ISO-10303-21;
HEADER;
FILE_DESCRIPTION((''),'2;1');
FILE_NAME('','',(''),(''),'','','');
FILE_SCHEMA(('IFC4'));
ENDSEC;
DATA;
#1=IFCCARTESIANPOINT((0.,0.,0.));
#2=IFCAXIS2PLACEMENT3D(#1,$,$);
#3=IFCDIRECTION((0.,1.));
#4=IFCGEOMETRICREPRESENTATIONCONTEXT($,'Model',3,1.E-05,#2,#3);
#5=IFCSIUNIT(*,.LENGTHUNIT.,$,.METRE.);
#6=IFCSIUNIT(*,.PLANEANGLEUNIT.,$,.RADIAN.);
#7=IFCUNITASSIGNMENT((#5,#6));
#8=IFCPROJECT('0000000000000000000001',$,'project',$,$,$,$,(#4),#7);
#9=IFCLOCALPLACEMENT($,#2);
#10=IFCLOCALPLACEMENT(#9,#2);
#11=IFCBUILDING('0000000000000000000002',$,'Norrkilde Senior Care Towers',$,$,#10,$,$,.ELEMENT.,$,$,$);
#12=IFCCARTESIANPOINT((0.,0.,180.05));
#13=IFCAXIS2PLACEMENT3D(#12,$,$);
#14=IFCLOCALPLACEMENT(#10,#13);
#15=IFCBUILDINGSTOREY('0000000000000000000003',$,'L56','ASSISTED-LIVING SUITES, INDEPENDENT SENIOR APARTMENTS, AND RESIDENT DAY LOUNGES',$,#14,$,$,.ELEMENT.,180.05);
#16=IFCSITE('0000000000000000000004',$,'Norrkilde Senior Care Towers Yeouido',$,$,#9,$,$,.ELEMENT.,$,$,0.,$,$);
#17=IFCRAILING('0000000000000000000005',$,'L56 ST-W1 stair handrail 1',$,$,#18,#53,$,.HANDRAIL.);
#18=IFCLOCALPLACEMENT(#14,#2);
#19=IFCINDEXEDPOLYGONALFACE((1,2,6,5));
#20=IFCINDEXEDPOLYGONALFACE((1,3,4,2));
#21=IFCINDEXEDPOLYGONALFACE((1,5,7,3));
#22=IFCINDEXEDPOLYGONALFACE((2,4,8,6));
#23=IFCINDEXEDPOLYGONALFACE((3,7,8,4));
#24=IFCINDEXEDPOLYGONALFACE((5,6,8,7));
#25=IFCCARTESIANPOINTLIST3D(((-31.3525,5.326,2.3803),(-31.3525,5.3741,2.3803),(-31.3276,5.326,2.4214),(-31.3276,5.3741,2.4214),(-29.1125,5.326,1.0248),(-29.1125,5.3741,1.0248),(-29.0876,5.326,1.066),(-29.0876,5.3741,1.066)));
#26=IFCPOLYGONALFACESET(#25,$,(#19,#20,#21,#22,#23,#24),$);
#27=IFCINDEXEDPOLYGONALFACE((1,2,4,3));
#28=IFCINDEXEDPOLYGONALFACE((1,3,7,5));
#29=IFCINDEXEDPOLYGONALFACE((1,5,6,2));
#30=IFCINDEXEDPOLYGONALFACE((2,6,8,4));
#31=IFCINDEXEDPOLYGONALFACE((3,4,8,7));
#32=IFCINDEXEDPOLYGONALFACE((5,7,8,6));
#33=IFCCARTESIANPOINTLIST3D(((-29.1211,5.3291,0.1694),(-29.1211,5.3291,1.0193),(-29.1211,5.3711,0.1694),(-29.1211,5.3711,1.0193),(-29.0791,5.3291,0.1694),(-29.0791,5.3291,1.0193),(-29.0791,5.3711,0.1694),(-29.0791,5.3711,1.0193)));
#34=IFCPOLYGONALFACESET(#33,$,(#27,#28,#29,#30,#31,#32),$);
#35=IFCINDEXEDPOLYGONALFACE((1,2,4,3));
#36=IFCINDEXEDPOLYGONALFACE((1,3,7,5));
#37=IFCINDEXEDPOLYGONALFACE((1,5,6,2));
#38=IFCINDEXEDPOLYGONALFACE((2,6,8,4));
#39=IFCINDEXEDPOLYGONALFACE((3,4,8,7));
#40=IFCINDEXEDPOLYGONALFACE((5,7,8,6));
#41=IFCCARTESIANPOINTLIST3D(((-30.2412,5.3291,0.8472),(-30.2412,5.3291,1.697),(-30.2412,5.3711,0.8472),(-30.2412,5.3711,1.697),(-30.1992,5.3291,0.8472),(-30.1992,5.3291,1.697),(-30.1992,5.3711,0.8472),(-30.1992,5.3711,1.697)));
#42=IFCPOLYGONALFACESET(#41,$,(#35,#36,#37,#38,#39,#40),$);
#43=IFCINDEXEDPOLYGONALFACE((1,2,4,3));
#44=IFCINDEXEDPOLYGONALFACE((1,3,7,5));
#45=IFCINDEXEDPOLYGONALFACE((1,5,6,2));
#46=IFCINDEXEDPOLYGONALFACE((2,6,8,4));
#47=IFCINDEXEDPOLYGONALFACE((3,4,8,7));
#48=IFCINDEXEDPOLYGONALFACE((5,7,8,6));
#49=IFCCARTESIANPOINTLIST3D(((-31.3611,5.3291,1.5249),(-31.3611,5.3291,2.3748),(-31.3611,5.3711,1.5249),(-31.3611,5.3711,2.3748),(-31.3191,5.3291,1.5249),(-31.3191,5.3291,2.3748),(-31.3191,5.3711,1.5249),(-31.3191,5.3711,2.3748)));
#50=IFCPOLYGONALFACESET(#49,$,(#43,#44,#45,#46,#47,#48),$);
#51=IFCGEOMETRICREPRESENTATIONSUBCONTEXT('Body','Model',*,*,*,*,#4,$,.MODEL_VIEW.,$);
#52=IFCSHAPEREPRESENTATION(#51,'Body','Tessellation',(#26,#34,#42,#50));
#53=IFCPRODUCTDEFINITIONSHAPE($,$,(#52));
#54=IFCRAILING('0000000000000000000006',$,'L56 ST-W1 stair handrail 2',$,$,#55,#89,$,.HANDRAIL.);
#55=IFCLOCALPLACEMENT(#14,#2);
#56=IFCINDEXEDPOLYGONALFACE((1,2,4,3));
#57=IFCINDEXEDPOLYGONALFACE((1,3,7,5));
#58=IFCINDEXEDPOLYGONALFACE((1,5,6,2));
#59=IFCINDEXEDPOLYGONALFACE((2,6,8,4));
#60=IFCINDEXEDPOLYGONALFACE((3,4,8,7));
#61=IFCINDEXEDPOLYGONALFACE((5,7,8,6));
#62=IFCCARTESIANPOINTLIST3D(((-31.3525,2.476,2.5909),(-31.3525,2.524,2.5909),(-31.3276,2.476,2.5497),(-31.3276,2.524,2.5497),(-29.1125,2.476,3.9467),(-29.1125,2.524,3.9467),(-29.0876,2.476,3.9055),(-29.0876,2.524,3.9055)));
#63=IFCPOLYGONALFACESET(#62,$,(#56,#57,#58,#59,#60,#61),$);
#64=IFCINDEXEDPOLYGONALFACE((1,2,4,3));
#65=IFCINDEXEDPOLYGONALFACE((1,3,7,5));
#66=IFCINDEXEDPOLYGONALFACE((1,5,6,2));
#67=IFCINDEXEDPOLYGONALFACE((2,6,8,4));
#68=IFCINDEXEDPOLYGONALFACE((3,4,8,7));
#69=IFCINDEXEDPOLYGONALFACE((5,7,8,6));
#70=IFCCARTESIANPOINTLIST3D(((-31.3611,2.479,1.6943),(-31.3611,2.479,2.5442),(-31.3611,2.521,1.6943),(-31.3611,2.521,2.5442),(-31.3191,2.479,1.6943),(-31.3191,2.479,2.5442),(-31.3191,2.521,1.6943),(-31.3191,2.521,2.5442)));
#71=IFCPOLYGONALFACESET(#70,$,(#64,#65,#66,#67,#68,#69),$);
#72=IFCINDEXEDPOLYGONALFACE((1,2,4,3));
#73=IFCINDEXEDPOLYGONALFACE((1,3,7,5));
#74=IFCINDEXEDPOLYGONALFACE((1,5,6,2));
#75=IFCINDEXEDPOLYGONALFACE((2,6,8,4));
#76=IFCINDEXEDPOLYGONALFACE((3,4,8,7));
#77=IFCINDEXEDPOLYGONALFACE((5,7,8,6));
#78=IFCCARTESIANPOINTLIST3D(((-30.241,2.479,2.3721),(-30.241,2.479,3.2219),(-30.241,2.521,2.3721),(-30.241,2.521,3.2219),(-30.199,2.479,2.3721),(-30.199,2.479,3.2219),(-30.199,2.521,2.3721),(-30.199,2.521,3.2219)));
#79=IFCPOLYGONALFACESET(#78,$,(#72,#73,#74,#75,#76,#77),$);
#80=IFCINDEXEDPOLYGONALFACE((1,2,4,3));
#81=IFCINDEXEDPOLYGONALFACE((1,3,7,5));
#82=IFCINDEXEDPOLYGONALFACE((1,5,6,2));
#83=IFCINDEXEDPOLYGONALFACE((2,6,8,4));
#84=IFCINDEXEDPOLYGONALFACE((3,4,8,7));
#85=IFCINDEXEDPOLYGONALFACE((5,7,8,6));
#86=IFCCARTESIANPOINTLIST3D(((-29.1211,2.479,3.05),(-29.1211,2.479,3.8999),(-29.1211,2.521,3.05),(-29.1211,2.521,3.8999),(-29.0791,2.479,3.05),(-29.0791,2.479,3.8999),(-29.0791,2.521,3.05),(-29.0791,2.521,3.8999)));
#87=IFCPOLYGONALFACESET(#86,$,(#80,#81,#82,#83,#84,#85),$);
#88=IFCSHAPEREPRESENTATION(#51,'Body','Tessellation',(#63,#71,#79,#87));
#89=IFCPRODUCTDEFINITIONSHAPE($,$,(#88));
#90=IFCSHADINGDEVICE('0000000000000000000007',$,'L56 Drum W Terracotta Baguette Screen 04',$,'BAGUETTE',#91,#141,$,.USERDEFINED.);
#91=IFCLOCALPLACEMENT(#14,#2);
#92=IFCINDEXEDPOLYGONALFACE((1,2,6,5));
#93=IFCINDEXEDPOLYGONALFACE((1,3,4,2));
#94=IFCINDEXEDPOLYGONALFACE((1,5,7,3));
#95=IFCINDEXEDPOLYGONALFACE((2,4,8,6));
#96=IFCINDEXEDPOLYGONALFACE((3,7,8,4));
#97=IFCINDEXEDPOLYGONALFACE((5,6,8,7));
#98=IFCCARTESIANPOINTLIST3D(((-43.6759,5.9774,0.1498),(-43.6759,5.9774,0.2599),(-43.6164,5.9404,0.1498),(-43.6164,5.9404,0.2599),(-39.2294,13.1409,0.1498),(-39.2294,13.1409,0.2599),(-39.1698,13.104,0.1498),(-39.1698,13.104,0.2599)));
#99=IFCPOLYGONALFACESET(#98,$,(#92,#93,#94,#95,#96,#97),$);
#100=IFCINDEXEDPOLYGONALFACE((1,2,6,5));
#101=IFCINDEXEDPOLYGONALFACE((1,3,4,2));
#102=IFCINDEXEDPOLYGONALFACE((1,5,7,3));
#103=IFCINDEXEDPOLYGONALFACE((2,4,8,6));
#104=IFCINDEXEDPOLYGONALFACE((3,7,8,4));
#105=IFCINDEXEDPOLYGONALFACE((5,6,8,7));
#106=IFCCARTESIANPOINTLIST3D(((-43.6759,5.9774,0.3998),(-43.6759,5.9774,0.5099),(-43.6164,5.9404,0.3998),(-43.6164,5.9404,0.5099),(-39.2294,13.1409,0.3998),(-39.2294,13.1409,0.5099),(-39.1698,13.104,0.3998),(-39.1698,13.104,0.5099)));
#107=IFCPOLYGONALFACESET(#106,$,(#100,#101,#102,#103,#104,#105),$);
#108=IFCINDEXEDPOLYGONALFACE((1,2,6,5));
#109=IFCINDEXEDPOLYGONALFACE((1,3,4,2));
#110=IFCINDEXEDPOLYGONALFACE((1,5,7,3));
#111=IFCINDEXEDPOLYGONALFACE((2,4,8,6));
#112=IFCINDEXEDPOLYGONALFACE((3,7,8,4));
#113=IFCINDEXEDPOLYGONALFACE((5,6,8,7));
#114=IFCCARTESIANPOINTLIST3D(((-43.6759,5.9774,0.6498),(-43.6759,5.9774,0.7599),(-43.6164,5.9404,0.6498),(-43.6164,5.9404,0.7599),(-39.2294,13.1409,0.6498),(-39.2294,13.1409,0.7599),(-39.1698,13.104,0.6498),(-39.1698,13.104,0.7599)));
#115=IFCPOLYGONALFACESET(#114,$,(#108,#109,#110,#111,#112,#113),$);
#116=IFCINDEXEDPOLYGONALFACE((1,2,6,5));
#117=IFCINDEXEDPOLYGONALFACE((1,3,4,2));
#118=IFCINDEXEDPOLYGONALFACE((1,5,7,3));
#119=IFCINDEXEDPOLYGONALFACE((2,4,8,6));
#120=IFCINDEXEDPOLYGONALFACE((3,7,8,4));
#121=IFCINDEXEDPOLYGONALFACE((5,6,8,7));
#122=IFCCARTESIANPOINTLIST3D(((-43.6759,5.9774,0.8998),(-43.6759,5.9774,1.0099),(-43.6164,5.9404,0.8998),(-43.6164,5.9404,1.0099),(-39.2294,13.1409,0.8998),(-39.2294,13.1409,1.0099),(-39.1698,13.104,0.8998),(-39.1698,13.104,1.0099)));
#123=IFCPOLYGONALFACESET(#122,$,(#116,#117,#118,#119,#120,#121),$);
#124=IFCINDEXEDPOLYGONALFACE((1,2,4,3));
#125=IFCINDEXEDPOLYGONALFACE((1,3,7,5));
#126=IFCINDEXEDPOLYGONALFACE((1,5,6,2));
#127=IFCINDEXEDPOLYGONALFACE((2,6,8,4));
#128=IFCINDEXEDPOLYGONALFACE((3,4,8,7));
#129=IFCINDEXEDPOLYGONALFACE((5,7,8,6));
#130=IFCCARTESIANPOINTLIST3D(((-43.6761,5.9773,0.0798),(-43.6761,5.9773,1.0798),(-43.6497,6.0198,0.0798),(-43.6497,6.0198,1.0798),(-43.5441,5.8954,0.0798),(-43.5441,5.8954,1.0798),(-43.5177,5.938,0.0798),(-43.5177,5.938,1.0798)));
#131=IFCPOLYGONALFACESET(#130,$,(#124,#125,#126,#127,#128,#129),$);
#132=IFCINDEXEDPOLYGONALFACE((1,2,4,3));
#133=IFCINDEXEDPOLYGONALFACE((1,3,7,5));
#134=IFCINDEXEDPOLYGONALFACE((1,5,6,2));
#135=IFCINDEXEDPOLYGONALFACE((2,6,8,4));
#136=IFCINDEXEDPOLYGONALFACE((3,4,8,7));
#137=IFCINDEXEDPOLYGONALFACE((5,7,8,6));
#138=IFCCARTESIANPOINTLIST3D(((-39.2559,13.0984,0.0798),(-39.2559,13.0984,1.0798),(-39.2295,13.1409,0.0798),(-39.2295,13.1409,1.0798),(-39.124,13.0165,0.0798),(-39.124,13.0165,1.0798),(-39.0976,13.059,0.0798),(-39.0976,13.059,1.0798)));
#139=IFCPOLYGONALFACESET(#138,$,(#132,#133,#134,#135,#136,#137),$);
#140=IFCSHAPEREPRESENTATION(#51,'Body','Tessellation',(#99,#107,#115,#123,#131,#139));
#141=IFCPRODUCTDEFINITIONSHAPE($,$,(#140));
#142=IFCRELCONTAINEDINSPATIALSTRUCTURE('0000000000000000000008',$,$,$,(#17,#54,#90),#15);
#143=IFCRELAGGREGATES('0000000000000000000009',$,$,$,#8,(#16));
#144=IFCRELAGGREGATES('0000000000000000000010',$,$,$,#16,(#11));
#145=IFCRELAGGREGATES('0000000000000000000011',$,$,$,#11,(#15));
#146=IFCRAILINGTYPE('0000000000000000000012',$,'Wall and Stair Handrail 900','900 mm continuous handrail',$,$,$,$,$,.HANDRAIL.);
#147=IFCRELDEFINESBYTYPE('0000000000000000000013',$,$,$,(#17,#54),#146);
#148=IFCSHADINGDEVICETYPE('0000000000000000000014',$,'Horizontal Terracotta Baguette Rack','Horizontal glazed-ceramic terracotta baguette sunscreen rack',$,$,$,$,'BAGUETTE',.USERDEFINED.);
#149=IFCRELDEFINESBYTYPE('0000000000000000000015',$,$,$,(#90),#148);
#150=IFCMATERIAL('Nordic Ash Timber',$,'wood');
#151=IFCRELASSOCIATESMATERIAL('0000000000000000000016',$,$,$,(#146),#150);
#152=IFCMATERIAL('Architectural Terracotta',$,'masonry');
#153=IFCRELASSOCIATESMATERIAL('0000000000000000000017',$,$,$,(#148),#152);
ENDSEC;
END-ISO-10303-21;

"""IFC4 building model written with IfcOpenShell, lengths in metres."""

from ifc_helpers import new_model, si_unit, direction, frame, origin, origin_2d, place, context, subcontext, project, spatial, rectangle, extrude, source, transform, mapped, material, type_object, type_shapes, element, save


model = new_model("IFC4")

# Units and contexts
model_context = context("Model", 3, precision=1e-05, world=origin(), true_north=direction((0.0, 1.0)))
body_context = subcontext(model_context, "Body", "Model", "MODEL_VIEW")
ifc_project = project(units=[si_unit("LENGTHUNIT", "METRE"), si_unit("PLANEANGLEUNIT", "RADIAN")], contexts=[model_context])

# Site, building, storey
site_placement = place(None, origin())
site = spatial("IfcSite", under=ifc_project, at=site_placement, Name="Norrkilde Senior Care Towers Yeouido", CompositionType="ELEMENT", RefElevation=0.0)
building_placement = place(site_placement, origin())
building = spatial("IfcBuilding", under=site, at=building_placement, Name="Norrkilde Senior Care Towers", CompositionType="ELEMENT")
storey_placement = place(building_placement, frame((0.0, 0.0, 180.05)))
storey = spatial("IfcBuildingStorey", under=building, at=storey_placement, Name="L56", Description="ASSISTED-LIVING SUITES, INDEPENDENT SENIOR APARTMENTS, AND RESIDENT DAY LOUNGES", CompositionType="ELEMENT", Elevation=180.05)

# Shared definitions
ifc_material_1 = material(Name="Nordic Ash Timber", Category="wood")

# Railings
railing_type_1 = type_object("IfcRailingType", Name="Wall and Stair Handrail 900", Description="900 mm continuous handrail", PredefinedType="HANDRAIL", material=ifc_material_1)
railing_1_placement = place(storey_placement, frame((-29.1001, 5.3501, 0.1694)))
element("IfcRailing", 1, at=railing_1_placement, inside=storey, type_object=railing_type_1, Name="L56 ST-W1 stair handrail 1", PredefinedType="HANDRAIL", context=body_context, shape_type="SweptSolid", body=[
    extrude(rectangle(XDim=0.0481, YDim=0.0481, at=origin_2d()), frame((0.0, 0.0, 0.876), z_axis=(-0.855553, 0.0, 0.517715), x_axis=(0.0, -1.0, 0.0)), (0.0, 0.0, 1.0), 2.6182),
    extrude(rectangle(XDim=0.042, YDim=0.042, at=origin_2d()), origin(), (0.0, 0.0, 1.0), 0.8499),
    extrude(rectangle(XDim=0.042, YDim=0.042, at=origin_2d()), frame((-1.1201, 0.0, 0.6777)), (0.0, 0.0, 1.0), 0.8499),
    extrude(rectangle(XDim=0.042, YDim=0.042, at=origin_2d()), frame((-2.24, 0.0, 1.3555)), (0.0, 0.0, 1.0), 0.8499),
])
railing_2_placement = place(storey_placement, frame((-31.3401, 2.5, 1.6943)))
element("IfcRailing", 2, at=railing_2_placement, inside=storey, type_object=railing_type_1, Name="L56 ST-W1 stair handrail 2", PredefinedType="HANDRAIL", context=body_context, shape_type="SweptSolid", body=[
    extrude(rectangle(XDim=0.0481, YDim=0.0481, at=origin_2d()), frame((0.0, 0.0, 0.876), z_axis=(0.855512, 0.0, 0.517783), x_axis=(0.0, 1.0, 0.0)), (0.0, 0.0, 1.0), 2.6184),
    extrude(rectangle(XDim=0.042, YDim=0.042, at=origin_2d()), origin(), (0.0, 0.0, 1.0), 0.8499),
    extrude(rectangle(XDim=0.042, YDim=0.042, at=origin_2d()), frame((1.1201, 0.0, 0.6777)), (0.0, 0.0, 1.0), 0.8499),
    extrude(rectangle(XDim=0.042, YDim=0.042, at=origin_2d()), frame((2.24, 0.0, 1.3557)), (0.0, 0.0, 1.0), 0.8499),
])

# Shading device
ifc_material_2 = material(Name="Architectural Terracotta", Category="masonry")
shading_device_type = type_object("IfcShadingDeviceType", Name="Horizontal Terracotta Baguette Rack", Description="Horizontal glazed-ceramic terracotta baguette sunscreen rack", ElementType="BAGUETTE", PredefinedType="USERDEFINED", material=ifc_material_2)
shared_shape_1 = source(origin(), body_context, "Body", "SweptSolid", [
    extrude(rectangle(XDim=0.0701, YDim=0.1101, at=origin_2d()), frame((0.0, 0.0901, 0.125), z_axis=(1.0, 0.0, 0.0), x_axis=(0.0, 1.0, 0.0)), (0.0, 0.0, 1.0), 8.4314),
    extrude(rectangle(XDim=0.0701, YDim=0.1101, at=origin_2d()), frame((0.0, 0.0901, 0.375), z_axis=(1.0, 0.0, 0.0), x_axis=(0.0, 1.0, 0.0)), (0.0, 0.0, 1.0), 8.4314),
    extrude(rectangle(XDim=0.0701, YDim=0.1101, at=origin_2d()), frame((0.0, 0.0901, 0.625), z_axis=(1.0, 0.0, 0.0), x_axis=(0.0, 1.0, 0.0)), (0.0, 0.0, 1.0), 8.4314),
    extrude(rectangle(XDim=0.0701, YDim=0.1101, at=origin_2d()), frame((0.0, 0.0901, 0.875), z_axis=(1.0, 0.0, 0.0), x_axis=(0.0, 1.0, 0.0)), (0.0, 0.0, 1.0), 8.4314),
    extrude(rectangle(XDim=0.05, YDim=0.1553, at=origin_2d()), frame((0.0249, 0.0476, 0.0)), (0.0, 0.0, 1.0), 1.0),
    extrude(rectangle(XDim=0.05, YDim=0.1553, at=origin_2d()), frame((8.4062, 0.0476, 0.0)), (0.0, 0.0, 1.0), 1.0),
])
type_shapes(shading_device_type, [shared_shape_1])
shading_device_placement = place(storey_placement, frame((-43.5696, 5.9114, 0.0798), z_axis=(0.0, 0.0, 1.0), x_axis=(0.527378, 0.849631, 0.0)))
element("IfcShadingDevice", 3, at=shading_device_placement, inside=storey, type_object=shading_device_type, Name="L56 Drum W Terracotta Baguette Screen 04", ObjectType="BAGUETTE", PredefinedType="USERDEFINED", context=body_context, shape_type="MappedRepresentation", body=[
    mapped(shared_shape_1, transform((0.0, 0.0, 0.0), x_axis=(1.0, 0.0, 0.0), y_axis=(0.0, 1.0, 0.0), z_axis=(0.0, 0.0, 1.0), scale=1.0)),
])

save(model, "model.ifc")
